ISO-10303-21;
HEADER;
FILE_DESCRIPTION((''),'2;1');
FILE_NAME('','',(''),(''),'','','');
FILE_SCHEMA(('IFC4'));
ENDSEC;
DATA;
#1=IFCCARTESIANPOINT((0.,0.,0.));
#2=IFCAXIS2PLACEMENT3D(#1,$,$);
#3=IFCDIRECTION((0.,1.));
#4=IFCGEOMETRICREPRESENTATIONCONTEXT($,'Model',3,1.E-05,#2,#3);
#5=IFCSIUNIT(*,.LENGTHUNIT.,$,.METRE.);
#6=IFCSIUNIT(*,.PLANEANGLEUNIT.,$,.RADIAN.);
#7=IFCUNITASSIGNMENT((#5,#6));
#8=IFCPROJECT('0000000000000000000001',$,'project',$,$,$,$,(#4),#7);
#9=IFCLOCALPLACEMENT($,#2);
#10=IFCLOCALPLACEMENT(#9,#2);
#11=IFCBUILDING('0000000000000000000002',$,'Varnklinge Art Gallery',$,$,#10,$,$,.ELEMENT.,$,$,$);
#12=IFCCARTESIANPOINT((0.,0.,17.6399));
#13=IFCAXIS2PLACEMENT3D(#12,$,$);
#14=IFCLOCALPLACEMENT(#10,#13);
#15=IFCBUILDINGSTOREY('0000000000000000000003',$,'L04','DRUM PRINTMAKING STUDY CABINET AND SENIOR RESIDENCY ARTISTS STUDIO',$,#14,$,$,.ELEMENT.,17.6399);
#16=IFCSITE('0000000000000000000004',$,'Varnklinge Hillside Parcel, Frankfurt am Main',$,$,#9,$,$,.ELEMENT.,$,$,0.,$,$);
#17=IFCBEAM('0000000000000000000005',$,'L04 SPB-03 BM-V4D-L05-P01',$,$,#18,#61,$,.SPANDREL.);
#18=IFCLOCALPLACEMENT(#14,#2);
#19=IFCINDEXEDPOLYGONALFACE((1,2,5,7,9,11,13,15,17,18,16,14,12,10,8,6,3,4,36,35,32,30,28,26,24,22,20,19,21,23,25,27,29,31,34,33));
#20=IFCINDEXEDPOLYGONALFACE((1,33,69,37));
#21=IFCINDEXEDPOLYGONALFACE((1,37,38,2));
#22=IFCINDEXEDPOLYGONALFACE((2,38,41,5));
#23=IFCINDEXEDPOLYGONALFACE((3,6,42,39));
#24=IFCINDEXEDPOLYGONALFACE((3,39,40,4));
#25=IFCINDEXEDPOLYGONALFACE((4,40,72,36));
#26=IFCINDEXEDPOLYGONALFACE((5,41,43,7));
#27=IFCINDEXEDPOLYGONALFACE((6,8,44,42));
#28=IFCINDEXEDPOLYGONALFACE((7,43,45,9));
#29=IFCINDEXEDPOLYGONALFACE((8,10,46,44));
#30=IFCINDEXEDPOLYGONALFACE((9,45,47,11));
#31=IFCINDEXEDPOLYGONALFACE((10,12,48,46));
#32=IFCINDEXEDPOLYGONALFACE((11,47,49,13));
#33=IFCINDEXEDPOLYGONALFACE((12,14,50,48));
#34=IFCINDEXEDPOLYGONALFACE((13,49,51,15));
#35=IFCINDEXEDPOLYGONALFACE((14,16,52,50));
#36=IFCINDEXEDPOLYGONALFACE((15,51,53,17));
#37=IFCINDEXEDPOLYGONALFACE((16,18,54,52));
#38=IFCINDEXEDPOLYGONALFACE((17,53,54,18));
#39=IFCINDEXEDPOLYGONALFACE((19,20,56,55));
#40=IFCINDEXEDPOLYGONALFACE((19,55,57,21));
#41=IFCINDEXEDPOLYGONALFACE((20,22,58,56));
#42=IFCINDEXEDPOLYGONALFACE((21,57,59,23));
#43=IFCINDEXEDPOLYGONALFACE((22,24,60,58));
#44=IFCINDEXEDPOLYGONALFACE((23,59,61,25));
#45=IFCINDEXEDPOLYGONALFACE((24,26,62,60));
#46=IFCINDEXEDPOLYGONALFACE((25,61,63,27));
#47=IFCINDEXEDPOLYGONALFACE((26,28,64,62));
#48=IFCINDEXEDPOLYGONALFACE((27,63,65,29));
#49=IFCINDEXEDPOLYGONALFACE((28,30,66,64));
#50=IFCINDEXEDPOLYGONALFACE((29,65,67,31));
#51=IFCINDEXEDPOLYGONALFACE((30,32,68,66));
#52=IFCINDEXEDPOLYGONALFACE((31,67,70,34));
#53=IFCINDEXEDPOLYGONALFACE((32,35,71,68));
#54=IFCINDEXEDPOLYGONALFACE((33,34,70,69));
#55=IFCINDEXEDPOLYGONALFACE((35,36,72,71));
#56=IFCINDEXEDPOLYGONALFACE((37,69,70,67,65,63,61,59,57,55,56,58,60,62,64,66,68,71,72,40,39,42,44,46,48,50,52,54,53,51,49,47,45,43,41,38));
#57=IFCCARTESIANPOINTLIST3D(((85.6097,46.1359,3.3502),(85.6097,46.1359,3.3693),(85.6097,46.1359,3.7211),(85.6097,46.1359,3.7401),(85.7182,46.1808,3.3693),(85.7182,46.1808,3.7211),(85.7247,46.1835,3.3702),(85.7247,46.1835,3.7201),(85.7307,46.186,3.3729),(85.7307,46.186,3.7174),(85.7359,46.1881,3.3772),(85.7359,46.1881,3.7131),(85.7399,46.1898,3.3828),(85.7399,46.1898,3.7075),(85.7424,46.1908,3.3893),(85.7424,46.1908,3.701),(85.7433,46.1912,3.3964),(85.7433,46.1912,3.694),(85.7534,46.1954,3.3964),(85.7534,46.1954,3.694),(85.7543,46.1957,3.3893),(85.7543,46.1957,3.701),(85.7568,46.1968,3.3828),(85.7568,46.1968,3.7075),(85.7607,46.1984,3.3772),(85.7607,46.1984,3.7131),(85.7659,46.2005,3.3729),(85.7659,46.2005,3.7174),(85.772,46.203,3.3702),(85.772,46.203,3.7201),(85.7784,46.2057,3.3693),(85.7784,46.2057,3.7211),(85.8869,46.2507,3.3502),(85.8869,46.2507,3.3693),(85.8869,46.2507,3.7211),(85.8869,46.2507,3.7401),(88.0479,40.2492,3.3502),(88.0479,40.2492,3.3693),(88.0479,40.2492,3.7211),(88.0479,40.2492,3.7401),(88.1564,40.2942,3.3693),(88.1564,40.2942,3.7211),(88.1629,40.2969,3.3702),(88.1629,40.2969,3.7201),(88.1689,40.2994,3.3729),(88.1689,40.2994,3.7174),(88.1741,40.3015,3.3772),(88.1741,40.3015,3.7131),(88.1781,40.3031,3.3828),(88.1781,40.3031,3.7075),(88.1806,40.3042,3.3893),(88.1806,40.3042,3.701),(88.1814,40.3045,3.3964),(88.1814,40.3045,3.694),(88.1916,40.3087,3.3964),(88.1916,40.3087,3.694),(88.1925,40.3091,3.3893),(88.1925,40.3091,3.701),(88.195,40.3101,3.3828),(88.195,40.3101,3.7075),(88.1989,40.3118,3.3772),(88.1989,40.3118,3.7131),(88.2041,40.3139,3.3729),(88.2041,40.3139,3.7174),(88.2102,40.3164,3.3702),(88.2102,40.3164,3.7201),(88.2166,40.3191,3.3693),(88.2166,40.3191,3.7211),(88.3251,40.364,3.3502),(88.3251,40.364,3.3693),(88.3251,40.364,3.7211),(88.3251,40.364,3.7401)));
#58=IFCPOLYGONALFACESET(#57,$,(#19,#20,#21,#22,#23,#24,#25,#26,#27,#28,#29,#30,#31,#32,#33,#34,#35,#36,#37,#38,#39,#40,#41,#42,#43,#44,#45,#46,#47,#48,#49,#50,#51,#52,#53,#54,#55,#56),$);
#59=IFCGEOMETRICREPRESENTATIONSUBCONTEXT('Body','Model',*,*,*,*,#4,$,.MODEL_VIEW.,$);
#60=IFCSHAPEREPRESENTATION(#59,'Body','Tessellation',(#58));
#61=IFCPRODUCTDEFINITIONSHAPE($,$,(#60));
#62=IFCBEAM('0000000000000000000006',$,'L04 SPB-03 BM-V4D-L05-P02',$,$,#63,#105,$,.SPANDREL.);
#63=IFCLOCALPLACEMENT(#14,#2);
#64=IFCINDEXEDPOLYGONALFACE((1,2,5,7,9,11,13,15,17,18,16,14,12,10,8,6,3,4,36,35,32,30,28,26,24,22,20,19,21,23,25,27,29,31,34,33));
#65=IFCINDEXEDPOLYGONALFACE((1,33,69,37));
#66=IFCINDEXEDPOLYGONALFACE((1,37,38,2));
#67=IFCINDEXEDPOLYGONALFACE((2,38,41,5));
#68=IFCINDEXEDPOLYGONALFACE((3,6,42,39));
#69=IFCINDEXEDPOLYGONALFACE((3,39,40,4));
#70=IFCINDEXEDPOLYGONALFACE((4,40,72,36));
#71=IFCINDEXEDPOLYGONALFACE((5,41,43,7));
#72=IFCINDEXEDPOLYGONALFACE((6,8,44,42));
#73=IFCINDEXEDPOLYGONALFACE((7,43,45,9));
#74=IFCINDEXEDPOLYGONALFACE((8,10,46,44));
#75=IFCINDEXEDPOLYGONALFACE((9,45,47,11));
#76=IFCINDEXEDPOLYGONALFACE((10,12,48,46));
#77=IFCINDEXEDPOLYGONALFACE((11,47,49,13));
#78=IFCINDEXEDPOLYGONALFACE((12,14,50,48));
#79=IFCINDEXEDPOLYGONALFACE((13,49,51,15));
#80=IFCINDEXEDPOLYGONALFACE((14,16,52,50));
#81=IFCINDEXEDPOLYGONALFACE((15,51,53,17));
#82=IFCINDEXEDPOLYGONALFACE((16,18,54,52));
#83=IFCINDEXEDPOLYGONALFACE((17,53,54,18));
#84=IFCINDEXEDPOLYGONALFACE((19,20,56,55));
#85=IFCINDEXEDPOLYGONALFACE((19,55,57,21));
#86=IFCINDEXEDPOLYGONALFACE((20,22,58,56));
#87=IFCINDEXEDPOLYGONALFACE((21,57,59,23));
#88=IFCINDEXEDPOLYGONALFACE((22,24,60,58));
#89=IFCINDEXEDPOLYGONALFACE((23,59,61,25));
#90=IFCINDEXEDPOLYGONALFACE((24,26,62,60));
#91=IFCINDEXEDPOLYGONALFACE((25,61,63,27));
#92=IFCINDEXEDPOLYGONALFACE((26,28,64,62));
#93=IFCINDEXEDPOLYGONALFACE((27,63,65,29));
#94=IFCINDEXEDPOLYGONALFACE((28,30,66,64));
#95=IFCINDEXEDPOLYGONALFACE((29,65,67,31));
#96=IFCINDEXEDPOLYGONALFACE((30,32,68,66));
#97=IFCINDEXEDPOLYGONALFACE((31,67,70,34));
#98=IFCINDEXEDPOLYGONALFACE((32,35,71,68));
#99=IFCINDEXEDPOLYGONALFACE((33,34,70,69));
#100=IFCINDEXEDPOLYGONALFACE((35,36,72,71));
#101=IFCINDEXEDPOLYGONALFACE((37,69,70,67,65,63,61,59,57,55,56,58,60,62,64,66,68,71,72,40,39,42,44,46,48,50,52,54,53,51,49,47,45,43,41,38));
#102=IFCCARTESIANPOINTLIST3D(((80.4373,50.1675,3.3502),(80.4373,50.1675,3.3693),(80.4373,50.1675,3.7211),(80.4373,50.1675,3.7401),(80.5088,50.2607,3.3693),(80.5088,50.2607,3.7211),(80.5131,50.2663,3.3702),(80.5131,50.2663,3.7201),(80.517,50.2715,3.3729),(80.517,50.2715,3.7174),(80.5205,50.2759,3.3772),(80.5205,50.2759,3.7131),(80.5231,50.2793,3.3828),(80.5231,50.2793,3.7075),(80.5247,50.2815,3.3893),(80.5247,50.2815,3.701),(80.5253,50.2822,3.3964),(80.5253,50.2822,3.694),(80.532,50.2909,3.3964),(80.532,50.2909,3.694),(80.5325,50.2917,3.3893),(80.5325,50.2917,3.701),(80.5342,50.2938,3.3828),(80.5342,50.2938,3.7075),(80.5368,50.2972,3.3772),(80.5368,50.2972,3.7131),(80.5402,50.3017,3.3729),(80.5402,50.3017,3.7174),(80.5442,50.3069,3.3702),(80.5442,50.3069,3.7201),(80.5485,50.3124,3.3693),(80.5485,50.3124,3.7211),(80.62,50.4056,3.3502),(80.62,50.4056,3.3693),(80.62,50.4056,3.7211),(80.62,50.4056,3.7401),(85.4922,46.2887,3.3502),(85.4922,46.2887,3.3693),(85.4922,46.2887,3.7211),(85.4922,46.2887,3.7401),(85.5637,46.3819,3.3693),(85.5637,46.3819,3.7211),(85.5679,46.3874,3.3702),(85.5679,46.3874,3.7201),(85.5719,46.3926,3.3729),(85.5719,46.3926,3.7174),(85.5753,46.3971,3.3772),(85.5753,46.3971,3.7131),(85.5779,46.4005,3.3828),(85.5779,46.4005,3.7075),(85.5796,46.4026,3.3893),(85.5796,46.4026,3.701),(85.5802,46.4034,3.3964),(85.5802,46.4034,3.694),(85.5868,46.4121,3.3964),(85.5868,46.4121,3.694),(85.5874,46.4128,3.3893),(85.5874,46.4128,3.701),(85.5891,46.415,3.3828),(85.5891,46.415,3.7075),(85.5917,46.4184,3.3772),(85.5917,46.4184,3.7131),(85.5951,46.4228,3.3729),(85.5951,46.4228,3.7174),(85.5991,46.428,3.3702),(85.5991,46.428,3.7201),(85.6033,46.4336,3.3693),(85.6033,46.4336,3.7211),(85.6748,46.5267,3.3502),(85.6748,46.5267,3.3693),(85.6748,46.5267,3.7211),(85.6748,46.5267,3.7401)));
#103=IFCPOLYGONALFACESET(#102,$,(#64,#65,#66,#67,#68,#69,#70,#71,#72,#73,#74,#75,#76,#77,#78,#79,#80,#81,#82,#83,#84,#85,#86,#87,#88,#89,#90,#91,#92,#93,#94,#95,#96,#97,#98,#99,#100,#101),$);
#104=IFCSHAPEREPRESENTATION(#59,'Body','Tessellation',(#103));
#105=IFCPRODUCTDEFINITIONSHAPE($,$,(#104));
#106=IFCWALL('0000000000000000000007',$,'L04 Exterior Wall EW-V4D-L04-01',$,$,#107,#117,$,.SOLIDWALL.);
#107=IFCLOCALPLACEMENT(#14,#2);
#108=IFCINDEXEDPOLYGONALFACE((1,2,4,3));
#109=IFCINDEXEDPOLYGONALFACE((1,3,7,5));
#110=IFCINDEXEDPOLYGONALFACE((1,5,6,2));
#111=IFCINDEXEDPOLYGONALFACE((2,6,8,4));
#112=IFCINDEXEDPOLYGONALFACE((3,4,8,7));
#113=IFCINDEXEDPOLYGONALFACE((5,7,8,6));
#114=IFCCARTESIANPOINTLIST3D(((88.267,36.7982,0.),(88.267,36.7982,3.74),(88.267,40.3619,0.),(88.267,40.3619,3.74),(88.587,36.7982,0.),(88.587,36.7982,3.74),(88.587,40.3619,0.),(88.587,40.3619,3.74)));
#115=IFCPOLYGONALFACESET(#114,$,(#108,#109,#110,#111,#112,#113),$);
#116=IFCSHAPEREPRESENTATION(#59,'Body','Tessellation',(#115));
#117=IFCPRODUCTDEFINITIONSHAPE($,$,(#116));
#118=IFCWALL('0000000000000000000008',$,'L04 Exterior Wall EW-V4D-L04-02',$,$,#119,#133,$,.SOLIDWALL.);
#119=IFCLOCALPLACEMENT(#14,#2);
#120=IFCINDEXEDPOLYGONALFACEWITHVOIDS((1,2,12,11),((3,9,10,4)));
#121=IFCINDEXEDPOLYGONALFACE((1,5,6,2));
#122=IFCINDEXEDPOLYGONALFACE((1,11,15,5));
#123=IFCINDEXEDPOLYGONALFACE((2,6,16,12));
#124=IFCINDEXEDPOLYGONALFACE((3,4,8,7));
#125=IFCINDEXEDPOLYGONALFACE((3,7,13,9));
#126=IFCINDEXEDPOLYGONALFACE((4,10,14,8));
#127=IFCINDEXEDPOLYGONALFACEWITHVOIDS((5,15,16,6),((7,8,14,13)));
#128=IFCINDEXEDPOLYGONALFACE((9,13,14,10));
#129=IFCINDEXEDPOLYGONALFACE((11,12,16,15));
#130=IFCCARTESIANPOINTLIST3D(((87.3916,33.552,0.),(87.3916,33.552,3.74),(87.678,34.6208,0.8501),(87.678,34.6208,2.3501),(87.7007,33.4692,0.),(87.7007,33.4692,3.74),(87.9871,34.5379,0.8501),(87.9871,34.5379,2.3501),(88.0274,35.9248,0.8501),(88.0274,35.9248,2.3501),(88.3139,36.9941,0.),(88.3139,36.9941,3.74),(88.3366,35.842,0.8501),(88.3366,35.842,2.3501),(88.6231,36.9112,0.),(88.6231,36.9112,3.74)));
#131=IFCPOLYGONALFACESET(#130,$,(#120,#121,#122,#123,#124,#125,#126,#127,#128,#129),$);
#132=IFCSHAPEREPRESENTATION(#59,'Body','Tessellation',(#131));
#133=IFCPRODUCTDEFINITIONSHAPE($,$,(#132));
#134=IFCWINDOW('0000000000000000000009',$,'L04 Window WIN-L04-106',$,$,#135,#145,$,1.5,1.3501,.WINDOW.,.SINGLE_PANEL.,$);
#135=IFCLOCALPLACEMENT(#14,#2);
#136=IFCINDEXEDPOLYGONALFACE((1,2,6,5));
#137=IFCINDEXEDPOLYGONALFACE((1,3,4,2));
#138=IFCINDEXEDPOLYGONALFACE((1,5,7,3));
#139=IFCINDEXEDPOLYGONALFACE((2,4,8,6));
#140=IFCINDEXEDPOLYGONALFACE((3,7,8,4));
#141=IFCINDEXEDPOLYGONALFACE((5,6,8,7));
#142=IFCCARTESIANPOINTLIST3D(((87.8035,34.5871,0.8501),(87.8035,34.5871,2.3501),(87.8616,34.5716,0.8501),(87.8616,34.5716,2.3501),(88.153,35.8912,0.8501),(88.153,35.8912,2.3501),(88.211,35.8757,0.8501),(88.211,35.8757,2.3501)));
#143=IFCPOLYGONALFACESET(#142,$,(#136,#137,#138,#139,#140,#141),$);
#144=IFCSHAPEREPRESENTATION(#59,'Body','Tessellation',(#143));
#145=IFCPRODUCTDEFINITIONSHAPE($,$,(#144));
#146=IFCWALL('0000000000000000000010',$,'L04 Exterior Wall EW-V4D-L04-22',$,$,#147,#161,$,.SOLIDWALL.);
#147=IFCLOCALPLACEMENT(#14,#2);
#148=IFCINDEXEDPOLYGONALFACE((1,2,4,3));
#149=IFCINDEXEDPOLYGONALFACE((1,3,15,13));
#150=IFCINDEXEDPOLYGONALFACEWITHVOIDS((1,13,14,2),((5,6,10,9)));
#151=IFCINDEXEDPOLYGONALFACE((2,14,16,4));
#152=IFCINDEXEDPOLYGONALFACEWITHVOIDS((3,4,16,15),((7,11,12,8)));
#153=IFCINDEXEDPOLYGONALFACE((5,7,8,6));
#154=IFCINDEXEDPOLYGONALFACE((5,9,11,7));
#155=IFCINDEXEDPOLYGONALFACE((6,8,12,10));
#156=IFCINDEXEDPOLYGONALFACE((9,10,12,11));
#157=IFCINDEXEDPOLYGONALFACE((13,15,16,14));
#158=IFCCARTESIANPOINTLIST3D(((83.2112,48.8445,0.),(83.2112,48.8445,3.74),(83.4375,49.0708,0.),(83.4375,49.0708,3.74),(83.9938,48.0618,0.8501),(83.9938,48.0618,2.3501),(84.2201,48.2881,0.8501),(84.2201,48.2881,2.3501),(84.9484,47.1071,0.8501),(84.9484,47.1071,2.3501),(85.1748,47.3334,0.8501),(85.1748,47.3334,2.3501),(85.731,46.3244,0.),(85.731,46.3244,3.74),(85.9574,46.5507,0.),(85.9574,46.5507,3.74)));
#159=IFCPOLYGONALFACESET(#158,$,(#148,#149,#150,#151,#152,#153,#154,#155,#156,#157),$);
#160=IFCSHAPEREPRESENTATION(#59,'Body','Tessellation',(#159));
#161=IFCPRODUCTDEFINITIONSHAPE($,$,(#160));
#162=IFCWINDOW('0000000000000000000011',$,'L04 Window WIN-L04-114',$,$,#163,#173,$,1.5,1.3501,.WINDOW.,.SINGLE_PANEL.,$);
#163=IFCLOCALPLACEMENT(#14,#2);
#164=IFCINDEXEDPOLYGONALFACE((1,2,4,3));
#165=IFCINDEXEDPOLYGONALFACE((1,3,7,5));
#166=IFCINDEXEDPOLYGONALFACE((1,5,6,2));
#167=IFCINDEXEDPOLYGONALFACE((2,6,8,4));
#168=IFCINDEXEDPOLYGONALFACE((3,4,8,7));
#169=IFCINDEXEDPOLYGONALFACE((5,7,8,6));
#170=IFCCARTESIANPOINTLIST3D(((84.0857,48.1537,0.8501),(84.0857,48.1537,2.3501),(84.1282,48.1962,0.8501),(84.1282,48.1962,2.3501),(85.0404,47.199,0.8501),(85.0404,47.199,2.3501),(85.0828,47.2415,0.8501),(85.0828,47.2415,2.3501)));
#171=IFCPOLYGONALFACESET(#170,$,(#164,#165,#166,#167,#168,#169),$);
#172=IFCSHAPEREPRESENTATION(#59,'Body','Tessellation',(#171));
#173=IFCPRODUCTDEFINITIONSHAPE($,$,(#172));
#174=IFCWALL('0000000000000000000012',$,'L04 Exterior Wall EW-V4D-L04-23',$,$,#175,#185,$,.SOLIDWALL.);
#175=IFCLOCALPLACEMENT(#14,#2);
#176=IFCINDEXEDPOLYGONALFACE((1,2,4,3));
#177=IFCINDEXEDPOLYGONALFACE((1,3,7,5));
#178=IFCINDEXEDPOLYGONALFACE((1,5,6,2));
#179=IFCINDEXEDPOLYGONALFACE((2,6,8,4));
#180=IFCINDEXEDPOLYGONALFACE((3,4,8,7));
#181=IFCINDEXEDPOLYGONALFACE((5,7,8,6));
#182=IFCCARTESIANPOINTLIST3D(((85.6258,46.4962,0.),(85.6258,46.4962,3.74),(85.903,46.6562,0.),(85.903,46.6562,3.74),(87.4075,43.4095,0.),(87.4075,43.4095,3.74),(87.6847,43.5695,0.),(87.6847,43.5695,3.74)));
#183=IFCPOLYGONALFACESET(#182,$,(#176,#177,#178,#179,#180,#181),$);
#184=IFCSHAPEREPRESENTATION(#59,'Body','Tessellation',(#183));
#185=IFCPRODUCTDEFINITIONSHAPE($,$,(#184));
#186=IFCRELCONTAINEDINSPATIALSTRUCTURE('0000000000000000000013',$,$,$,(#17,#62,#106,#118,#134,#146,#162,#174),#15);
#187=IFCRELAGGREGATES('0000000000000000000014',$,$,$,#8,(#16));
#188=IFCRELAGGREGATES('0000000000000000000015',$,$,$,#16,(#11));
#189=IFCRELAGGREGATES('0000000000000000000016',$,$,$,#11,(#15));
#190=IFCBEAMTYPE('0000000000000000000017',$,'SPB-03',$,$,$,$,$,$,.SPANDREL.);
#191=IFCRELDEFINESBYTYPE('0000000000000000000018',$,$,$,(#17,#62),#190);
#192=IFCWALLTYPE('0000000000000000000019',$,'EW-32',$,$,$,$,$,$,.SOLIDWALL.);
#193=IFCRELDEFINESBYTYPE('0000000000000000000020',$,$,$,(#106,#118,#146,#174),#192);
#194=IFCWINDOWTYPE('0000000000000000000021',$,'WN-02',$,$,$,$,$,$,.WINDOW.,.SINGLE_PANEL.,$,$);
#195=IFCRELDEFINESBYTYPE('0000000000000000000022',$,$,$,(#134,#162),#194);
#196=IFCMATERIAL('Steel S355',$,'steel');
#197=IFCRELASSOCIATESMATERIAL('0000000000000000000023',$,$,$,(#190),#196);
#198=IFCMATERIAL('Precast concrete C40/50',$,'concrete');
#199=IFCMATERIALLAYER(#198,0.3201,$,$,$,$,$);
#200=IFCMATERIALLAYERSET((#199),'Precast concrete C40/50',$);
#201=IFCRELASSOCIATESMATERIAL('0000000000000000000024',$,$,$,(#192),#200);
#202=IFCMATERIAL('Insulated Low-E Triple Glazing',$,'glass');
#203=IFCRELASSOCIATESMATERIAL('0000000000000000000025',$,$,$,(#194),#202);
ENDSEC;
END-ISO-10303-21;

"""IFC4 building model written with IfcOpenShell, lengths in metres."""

from ifc_helpers import new_model, si_unit, direction, frame, frame_2d, origin, origin_2d, place, context, subcontext, project, spatial, rectangle, i_section, extrude, material, layer, layer_set, material_profile, profile_set, type_object, element, fill, save


model = new_model("IFC4")

# Units and contexts
model_context = context("Model", 3, precision=1e-05, world=origin(), true_north=direction((0.0, 1.0)))
body_context = subcontext(model_context, "Body", "Model", "MODEL_VIEW")
ifc_project = project(units=[si_unit("LENGTHUNIT", "METRE"), si_unit("PLANEANGLEUNIT", "RADIAN")], contexts=[model_context])

# Site, building, storey
site_placement = place(None, origin())
site = spatial("IfcSite", under=ifc_project, at=site_placement, Name="Varnklinge Hillside Parcel, Frankfurt am Main", CompositionType="ELEMENT", RefElevation=0.0)
building_placement = place(site_placement, origin())
building = spatial("IfcBuilding", under=site, at=building_placement, Name="Varnklinge Art Gallery", CompositionType="ELEMENT")
storey_placement = place(building_placement, frame((0.0, 0.0, 17.6399)))
storey = spatial("IfcBuildingStorey", under=building, at=storey_placement, Name="L04", Description="DRUM PRINTMAKING STUDY CABINET AND SENIOR RESIDENCY ARTISTS STUDIO", CompositionType="ELEMENT", Elevation=17.6399)

# Beams
ifc_material_1 = material(Name="Steel S355", Category="steel")
ifc_material_profile_1 = material_profile(ifc_material_1, i_section(OverallWidth=0.3, OverallDepth=0.3899, WebThickness=0.011, FlangeThickness=0.019, FilletRadius=0.0271, at=origin_2d()), Name="HEA 400")
ifc_profile_set_1 = profile_set([ifc_material_profile_1], Name="Steel S355")
beam_type_1 = type_object("IfcBeamType", Name="SPB-03", PredefinedType="SPANDREL", material=ifc_profile_set_1)
for number, where, z_axis, x_axis, name in (
    (1, (88.1865, 40.3066, 3.5452), (-0.382667, 0.923887, 0.0), (-0.923887, -0.382667, 0.0), "L04 SPB-03 BM-V4D-L05-P01"),
    (2, (85.5835, 46.4077, 3.5452), (-0.793344, 0.608773, 0.0), (-0.608773, -0.793344, 0.0), "L04 SPB-03 BM-V4D-L05-P02"),
):
    element("IfcBeam", number, at=place(storey_placement, frame(where, z_axis=z_axis, x_axis=x_axis)), inside=storey, type_object=beam_type_1, Name=name, PredefinedType="SPANDREL", context=body_context, shape_type="SweptSolid", body=[
        extrude(i_section(OverallWidth=0.3, OverallDepth=0.3899, WebThickness=0.011, FlangeThickness=0.019, FilletRadius=0.0271, at=origin_2d()), origin(), (0.0, 0.0, 1.0), 6.3716),
    ])

# Wall
ifc_material_2 = material(Name="Precast concrete C40/50", Category="concrete")
ifc_layer_1 = layer(ifc_material_2, 0.3201)
ifc_layer_set_1 = layer_set([ifc_layer_1], Name="Precast concrete C40/50")
wall_type_1 = type_object("IfcWallType", Name="EW-32", PredefinedType="SOLIDWALL", material=ifc_layer_set_1)
wall_1_placement = place(storey_placement, frame((88.427, 40.3618, 0.0), z_axis=(0.0, 0.0, 1.0), x_axis=(0.0, -1.0, 0.0)))
element("IfcWall", 3, at=wall_1_placement, inside=storey, type_object=wall_type_1, Name="L04 Exterior Wall EW-V4D-L04-01", PredefinedType="SOLIDWALL", context=body_context, shape_type="SweptSolid", body=[
    extrude(rectangle(XDim=3.5637, YDim=0.3201, at=frame_2d((1.7817, 0.0))), origin(), (0.0, 0.0, 1.0), 3.74),
])

# Walls, openings, windows
wall_2_placement = place(storey_placement, frame((88.4685, 36.9526, 0.0), z_axis=(0.0, 0.0, 1.0), x_axis=(-0.258831, -0.965923, 0.0)))
wall_2 = element("IfcWall", 4, at=wall_2_placement, inside=storey, type_object=wall_type_1, Name="L04 Exterior Wall EW-V4D-L04-02", PredefinedType="SOLIDWALL", context=body_context, shape_type="SweptSolid", body=[
    extrude(rectangle(XDim=3.5635, YDim=0.3201, at=frame_2d((1.7817, 0.0))), origin(), (0.0, 0.0, 1.0), 3.74),
])
opening_1_placement = place(wall_2_placement, frame((1.1069, 0.0, 0.8501)))
opening_1 = element("IfcOpeningElement", 5, at=opening_1_placement, cuts=wall_2, PredefinedType="OPENING", context=body_context, shape_type="SweptSolid", body=[
    extrude(rectangle(XDim=1.3501, YDim=1.5, at=frame_2d((0.675, 0.75))), frame((0.0, 0.1702, 0.0), z_axis=(0.0, -1.0, 0.0), x_axis=(1.0, 0.0, 0.0)), (0.0, 0.0, 1.0), 0.3401),
])
ifc_material_3 = material(Name="Insulated Low-E Triple Glazing", Category="glass")
window_type_1 = type_object("IfcWindowType", Name="WN-02", PartitioningType="SINGLE_PANEL", PredefinedType="WINDOW", material=ifc_material_3)
window_1_placement = place(opening_1_placement, origin())
window_1 = element("IfcWindow", 6, at=window_1_placement, inside=storey, type_object=window_type_1, Name="L04 Window WIN-L04-106", OverallHeight=1.5, OverallWidth=1.3501, PartitioningType="SINGLE_PANEL", PredefinedType="WINDOW", context=body_context, shape_type="SweptSolid", body=[
    extrude(rectangle(XDim=1.3501, YDim=1.5, at=frame_2d((0.675, 0.75))), frame((0.0, 0.03, 0.0), z_axis=(0.0, -1.0, 0.0), x_axis=(1.0, 0.0, 0.0)), (0.0, 0.0, 1.0), 0.0601),
])
fill(opening_1, window_1)
wall_3_placement = place(storey_placement, frame((83.3245, 48.9575, 0.0), z_axis=(0.0, 0.0, 1.0), x_axis=(0.707073, -0.707141, 0.0)))
wall_3 = element("IfcWall", 7, at=wall_3_placement, inside=storey, type_object=wall_type_1, Name="L04 Exterior Wall EW-V4D-L04-22", PredefinedType="SOLIDWALL", context=body_context, shape_type="SweptSolid", body=[
    extrude(rectangle(XDim=3.5637, YDim=0.3201, at=frame_2d((1.7817, 0.0))), origin(), (0.0, 0.0, 1.0), 3.74),
])
opening_2_placement = place(wall_3_placement, frame((1.1067, 0.0, 0.8501)))
opening_2 = element("IfcOpeningElement", 8, at=opening_2_placement, cuts=wall_3, PredefinedType="OPENING", context=body_context, shape_type="SweptSolid", body=[
    extrude(rectangle(XDim=1.3501, YDim=1.5, at=frame_2d((0.675, 0.75))), frame((0.0, 0.1702, 0.0), z_axis=(0.0, -1.0, 0.0), x_axis=(1.0, 0.0, 0.0)), (0.0, 0.0, 1.0), 0.3401),
])
window_2_placement = place(opening_2_placement, origin())
window_2 = element("IfcWindow", 9, at=window_2_placement, inside=storey, type_object=window_type_1, Name="L04 Window WIN-L04-114", OverallHeight=1.5, OverallWidth=1.3501, PartitioningType="SINGLE_PANEL", PredefinedType="WINDOW", context=body_context, shape_type="SweptSolid", body=[
    extrude(rectangle(XDim=1.3501, YDim=1.5, at=frame_2d((0.675, 0.75))), frame((0.0, 0.03, 0.0), z_axis=(0.0, -1.0, 0.0), x_axis=(1.0, 0.0, 0.0)), (0.0, 0.0, 1.0), 0.0601),
])
fill(opening_2, window_2)

# Wall
wall_4_placement = place(storey_placement, frame((85.7644, 46.5762, 0.0), z_axis=(0.0, 0.0, 1.0), x_axis=(0.499926, -0.866068, 0.0)))
element("IfcWall", 10, at=wall_4_placement, inside=storey, type_object=wall_type_1, Name="L04 Exterior Wall EW-V4D-L04-23", PredefinedType="SOLIDWALL", context=body_context, shape_type="SweptSolid", body=[
    extrude(rectangle(XDim=3.564, YDim=0.3201, at=frame_2d((1.782, 0.0))), origin(), (0.0, 0.0, 1.0), 3.74),
])

save(model, "model.ifc")
